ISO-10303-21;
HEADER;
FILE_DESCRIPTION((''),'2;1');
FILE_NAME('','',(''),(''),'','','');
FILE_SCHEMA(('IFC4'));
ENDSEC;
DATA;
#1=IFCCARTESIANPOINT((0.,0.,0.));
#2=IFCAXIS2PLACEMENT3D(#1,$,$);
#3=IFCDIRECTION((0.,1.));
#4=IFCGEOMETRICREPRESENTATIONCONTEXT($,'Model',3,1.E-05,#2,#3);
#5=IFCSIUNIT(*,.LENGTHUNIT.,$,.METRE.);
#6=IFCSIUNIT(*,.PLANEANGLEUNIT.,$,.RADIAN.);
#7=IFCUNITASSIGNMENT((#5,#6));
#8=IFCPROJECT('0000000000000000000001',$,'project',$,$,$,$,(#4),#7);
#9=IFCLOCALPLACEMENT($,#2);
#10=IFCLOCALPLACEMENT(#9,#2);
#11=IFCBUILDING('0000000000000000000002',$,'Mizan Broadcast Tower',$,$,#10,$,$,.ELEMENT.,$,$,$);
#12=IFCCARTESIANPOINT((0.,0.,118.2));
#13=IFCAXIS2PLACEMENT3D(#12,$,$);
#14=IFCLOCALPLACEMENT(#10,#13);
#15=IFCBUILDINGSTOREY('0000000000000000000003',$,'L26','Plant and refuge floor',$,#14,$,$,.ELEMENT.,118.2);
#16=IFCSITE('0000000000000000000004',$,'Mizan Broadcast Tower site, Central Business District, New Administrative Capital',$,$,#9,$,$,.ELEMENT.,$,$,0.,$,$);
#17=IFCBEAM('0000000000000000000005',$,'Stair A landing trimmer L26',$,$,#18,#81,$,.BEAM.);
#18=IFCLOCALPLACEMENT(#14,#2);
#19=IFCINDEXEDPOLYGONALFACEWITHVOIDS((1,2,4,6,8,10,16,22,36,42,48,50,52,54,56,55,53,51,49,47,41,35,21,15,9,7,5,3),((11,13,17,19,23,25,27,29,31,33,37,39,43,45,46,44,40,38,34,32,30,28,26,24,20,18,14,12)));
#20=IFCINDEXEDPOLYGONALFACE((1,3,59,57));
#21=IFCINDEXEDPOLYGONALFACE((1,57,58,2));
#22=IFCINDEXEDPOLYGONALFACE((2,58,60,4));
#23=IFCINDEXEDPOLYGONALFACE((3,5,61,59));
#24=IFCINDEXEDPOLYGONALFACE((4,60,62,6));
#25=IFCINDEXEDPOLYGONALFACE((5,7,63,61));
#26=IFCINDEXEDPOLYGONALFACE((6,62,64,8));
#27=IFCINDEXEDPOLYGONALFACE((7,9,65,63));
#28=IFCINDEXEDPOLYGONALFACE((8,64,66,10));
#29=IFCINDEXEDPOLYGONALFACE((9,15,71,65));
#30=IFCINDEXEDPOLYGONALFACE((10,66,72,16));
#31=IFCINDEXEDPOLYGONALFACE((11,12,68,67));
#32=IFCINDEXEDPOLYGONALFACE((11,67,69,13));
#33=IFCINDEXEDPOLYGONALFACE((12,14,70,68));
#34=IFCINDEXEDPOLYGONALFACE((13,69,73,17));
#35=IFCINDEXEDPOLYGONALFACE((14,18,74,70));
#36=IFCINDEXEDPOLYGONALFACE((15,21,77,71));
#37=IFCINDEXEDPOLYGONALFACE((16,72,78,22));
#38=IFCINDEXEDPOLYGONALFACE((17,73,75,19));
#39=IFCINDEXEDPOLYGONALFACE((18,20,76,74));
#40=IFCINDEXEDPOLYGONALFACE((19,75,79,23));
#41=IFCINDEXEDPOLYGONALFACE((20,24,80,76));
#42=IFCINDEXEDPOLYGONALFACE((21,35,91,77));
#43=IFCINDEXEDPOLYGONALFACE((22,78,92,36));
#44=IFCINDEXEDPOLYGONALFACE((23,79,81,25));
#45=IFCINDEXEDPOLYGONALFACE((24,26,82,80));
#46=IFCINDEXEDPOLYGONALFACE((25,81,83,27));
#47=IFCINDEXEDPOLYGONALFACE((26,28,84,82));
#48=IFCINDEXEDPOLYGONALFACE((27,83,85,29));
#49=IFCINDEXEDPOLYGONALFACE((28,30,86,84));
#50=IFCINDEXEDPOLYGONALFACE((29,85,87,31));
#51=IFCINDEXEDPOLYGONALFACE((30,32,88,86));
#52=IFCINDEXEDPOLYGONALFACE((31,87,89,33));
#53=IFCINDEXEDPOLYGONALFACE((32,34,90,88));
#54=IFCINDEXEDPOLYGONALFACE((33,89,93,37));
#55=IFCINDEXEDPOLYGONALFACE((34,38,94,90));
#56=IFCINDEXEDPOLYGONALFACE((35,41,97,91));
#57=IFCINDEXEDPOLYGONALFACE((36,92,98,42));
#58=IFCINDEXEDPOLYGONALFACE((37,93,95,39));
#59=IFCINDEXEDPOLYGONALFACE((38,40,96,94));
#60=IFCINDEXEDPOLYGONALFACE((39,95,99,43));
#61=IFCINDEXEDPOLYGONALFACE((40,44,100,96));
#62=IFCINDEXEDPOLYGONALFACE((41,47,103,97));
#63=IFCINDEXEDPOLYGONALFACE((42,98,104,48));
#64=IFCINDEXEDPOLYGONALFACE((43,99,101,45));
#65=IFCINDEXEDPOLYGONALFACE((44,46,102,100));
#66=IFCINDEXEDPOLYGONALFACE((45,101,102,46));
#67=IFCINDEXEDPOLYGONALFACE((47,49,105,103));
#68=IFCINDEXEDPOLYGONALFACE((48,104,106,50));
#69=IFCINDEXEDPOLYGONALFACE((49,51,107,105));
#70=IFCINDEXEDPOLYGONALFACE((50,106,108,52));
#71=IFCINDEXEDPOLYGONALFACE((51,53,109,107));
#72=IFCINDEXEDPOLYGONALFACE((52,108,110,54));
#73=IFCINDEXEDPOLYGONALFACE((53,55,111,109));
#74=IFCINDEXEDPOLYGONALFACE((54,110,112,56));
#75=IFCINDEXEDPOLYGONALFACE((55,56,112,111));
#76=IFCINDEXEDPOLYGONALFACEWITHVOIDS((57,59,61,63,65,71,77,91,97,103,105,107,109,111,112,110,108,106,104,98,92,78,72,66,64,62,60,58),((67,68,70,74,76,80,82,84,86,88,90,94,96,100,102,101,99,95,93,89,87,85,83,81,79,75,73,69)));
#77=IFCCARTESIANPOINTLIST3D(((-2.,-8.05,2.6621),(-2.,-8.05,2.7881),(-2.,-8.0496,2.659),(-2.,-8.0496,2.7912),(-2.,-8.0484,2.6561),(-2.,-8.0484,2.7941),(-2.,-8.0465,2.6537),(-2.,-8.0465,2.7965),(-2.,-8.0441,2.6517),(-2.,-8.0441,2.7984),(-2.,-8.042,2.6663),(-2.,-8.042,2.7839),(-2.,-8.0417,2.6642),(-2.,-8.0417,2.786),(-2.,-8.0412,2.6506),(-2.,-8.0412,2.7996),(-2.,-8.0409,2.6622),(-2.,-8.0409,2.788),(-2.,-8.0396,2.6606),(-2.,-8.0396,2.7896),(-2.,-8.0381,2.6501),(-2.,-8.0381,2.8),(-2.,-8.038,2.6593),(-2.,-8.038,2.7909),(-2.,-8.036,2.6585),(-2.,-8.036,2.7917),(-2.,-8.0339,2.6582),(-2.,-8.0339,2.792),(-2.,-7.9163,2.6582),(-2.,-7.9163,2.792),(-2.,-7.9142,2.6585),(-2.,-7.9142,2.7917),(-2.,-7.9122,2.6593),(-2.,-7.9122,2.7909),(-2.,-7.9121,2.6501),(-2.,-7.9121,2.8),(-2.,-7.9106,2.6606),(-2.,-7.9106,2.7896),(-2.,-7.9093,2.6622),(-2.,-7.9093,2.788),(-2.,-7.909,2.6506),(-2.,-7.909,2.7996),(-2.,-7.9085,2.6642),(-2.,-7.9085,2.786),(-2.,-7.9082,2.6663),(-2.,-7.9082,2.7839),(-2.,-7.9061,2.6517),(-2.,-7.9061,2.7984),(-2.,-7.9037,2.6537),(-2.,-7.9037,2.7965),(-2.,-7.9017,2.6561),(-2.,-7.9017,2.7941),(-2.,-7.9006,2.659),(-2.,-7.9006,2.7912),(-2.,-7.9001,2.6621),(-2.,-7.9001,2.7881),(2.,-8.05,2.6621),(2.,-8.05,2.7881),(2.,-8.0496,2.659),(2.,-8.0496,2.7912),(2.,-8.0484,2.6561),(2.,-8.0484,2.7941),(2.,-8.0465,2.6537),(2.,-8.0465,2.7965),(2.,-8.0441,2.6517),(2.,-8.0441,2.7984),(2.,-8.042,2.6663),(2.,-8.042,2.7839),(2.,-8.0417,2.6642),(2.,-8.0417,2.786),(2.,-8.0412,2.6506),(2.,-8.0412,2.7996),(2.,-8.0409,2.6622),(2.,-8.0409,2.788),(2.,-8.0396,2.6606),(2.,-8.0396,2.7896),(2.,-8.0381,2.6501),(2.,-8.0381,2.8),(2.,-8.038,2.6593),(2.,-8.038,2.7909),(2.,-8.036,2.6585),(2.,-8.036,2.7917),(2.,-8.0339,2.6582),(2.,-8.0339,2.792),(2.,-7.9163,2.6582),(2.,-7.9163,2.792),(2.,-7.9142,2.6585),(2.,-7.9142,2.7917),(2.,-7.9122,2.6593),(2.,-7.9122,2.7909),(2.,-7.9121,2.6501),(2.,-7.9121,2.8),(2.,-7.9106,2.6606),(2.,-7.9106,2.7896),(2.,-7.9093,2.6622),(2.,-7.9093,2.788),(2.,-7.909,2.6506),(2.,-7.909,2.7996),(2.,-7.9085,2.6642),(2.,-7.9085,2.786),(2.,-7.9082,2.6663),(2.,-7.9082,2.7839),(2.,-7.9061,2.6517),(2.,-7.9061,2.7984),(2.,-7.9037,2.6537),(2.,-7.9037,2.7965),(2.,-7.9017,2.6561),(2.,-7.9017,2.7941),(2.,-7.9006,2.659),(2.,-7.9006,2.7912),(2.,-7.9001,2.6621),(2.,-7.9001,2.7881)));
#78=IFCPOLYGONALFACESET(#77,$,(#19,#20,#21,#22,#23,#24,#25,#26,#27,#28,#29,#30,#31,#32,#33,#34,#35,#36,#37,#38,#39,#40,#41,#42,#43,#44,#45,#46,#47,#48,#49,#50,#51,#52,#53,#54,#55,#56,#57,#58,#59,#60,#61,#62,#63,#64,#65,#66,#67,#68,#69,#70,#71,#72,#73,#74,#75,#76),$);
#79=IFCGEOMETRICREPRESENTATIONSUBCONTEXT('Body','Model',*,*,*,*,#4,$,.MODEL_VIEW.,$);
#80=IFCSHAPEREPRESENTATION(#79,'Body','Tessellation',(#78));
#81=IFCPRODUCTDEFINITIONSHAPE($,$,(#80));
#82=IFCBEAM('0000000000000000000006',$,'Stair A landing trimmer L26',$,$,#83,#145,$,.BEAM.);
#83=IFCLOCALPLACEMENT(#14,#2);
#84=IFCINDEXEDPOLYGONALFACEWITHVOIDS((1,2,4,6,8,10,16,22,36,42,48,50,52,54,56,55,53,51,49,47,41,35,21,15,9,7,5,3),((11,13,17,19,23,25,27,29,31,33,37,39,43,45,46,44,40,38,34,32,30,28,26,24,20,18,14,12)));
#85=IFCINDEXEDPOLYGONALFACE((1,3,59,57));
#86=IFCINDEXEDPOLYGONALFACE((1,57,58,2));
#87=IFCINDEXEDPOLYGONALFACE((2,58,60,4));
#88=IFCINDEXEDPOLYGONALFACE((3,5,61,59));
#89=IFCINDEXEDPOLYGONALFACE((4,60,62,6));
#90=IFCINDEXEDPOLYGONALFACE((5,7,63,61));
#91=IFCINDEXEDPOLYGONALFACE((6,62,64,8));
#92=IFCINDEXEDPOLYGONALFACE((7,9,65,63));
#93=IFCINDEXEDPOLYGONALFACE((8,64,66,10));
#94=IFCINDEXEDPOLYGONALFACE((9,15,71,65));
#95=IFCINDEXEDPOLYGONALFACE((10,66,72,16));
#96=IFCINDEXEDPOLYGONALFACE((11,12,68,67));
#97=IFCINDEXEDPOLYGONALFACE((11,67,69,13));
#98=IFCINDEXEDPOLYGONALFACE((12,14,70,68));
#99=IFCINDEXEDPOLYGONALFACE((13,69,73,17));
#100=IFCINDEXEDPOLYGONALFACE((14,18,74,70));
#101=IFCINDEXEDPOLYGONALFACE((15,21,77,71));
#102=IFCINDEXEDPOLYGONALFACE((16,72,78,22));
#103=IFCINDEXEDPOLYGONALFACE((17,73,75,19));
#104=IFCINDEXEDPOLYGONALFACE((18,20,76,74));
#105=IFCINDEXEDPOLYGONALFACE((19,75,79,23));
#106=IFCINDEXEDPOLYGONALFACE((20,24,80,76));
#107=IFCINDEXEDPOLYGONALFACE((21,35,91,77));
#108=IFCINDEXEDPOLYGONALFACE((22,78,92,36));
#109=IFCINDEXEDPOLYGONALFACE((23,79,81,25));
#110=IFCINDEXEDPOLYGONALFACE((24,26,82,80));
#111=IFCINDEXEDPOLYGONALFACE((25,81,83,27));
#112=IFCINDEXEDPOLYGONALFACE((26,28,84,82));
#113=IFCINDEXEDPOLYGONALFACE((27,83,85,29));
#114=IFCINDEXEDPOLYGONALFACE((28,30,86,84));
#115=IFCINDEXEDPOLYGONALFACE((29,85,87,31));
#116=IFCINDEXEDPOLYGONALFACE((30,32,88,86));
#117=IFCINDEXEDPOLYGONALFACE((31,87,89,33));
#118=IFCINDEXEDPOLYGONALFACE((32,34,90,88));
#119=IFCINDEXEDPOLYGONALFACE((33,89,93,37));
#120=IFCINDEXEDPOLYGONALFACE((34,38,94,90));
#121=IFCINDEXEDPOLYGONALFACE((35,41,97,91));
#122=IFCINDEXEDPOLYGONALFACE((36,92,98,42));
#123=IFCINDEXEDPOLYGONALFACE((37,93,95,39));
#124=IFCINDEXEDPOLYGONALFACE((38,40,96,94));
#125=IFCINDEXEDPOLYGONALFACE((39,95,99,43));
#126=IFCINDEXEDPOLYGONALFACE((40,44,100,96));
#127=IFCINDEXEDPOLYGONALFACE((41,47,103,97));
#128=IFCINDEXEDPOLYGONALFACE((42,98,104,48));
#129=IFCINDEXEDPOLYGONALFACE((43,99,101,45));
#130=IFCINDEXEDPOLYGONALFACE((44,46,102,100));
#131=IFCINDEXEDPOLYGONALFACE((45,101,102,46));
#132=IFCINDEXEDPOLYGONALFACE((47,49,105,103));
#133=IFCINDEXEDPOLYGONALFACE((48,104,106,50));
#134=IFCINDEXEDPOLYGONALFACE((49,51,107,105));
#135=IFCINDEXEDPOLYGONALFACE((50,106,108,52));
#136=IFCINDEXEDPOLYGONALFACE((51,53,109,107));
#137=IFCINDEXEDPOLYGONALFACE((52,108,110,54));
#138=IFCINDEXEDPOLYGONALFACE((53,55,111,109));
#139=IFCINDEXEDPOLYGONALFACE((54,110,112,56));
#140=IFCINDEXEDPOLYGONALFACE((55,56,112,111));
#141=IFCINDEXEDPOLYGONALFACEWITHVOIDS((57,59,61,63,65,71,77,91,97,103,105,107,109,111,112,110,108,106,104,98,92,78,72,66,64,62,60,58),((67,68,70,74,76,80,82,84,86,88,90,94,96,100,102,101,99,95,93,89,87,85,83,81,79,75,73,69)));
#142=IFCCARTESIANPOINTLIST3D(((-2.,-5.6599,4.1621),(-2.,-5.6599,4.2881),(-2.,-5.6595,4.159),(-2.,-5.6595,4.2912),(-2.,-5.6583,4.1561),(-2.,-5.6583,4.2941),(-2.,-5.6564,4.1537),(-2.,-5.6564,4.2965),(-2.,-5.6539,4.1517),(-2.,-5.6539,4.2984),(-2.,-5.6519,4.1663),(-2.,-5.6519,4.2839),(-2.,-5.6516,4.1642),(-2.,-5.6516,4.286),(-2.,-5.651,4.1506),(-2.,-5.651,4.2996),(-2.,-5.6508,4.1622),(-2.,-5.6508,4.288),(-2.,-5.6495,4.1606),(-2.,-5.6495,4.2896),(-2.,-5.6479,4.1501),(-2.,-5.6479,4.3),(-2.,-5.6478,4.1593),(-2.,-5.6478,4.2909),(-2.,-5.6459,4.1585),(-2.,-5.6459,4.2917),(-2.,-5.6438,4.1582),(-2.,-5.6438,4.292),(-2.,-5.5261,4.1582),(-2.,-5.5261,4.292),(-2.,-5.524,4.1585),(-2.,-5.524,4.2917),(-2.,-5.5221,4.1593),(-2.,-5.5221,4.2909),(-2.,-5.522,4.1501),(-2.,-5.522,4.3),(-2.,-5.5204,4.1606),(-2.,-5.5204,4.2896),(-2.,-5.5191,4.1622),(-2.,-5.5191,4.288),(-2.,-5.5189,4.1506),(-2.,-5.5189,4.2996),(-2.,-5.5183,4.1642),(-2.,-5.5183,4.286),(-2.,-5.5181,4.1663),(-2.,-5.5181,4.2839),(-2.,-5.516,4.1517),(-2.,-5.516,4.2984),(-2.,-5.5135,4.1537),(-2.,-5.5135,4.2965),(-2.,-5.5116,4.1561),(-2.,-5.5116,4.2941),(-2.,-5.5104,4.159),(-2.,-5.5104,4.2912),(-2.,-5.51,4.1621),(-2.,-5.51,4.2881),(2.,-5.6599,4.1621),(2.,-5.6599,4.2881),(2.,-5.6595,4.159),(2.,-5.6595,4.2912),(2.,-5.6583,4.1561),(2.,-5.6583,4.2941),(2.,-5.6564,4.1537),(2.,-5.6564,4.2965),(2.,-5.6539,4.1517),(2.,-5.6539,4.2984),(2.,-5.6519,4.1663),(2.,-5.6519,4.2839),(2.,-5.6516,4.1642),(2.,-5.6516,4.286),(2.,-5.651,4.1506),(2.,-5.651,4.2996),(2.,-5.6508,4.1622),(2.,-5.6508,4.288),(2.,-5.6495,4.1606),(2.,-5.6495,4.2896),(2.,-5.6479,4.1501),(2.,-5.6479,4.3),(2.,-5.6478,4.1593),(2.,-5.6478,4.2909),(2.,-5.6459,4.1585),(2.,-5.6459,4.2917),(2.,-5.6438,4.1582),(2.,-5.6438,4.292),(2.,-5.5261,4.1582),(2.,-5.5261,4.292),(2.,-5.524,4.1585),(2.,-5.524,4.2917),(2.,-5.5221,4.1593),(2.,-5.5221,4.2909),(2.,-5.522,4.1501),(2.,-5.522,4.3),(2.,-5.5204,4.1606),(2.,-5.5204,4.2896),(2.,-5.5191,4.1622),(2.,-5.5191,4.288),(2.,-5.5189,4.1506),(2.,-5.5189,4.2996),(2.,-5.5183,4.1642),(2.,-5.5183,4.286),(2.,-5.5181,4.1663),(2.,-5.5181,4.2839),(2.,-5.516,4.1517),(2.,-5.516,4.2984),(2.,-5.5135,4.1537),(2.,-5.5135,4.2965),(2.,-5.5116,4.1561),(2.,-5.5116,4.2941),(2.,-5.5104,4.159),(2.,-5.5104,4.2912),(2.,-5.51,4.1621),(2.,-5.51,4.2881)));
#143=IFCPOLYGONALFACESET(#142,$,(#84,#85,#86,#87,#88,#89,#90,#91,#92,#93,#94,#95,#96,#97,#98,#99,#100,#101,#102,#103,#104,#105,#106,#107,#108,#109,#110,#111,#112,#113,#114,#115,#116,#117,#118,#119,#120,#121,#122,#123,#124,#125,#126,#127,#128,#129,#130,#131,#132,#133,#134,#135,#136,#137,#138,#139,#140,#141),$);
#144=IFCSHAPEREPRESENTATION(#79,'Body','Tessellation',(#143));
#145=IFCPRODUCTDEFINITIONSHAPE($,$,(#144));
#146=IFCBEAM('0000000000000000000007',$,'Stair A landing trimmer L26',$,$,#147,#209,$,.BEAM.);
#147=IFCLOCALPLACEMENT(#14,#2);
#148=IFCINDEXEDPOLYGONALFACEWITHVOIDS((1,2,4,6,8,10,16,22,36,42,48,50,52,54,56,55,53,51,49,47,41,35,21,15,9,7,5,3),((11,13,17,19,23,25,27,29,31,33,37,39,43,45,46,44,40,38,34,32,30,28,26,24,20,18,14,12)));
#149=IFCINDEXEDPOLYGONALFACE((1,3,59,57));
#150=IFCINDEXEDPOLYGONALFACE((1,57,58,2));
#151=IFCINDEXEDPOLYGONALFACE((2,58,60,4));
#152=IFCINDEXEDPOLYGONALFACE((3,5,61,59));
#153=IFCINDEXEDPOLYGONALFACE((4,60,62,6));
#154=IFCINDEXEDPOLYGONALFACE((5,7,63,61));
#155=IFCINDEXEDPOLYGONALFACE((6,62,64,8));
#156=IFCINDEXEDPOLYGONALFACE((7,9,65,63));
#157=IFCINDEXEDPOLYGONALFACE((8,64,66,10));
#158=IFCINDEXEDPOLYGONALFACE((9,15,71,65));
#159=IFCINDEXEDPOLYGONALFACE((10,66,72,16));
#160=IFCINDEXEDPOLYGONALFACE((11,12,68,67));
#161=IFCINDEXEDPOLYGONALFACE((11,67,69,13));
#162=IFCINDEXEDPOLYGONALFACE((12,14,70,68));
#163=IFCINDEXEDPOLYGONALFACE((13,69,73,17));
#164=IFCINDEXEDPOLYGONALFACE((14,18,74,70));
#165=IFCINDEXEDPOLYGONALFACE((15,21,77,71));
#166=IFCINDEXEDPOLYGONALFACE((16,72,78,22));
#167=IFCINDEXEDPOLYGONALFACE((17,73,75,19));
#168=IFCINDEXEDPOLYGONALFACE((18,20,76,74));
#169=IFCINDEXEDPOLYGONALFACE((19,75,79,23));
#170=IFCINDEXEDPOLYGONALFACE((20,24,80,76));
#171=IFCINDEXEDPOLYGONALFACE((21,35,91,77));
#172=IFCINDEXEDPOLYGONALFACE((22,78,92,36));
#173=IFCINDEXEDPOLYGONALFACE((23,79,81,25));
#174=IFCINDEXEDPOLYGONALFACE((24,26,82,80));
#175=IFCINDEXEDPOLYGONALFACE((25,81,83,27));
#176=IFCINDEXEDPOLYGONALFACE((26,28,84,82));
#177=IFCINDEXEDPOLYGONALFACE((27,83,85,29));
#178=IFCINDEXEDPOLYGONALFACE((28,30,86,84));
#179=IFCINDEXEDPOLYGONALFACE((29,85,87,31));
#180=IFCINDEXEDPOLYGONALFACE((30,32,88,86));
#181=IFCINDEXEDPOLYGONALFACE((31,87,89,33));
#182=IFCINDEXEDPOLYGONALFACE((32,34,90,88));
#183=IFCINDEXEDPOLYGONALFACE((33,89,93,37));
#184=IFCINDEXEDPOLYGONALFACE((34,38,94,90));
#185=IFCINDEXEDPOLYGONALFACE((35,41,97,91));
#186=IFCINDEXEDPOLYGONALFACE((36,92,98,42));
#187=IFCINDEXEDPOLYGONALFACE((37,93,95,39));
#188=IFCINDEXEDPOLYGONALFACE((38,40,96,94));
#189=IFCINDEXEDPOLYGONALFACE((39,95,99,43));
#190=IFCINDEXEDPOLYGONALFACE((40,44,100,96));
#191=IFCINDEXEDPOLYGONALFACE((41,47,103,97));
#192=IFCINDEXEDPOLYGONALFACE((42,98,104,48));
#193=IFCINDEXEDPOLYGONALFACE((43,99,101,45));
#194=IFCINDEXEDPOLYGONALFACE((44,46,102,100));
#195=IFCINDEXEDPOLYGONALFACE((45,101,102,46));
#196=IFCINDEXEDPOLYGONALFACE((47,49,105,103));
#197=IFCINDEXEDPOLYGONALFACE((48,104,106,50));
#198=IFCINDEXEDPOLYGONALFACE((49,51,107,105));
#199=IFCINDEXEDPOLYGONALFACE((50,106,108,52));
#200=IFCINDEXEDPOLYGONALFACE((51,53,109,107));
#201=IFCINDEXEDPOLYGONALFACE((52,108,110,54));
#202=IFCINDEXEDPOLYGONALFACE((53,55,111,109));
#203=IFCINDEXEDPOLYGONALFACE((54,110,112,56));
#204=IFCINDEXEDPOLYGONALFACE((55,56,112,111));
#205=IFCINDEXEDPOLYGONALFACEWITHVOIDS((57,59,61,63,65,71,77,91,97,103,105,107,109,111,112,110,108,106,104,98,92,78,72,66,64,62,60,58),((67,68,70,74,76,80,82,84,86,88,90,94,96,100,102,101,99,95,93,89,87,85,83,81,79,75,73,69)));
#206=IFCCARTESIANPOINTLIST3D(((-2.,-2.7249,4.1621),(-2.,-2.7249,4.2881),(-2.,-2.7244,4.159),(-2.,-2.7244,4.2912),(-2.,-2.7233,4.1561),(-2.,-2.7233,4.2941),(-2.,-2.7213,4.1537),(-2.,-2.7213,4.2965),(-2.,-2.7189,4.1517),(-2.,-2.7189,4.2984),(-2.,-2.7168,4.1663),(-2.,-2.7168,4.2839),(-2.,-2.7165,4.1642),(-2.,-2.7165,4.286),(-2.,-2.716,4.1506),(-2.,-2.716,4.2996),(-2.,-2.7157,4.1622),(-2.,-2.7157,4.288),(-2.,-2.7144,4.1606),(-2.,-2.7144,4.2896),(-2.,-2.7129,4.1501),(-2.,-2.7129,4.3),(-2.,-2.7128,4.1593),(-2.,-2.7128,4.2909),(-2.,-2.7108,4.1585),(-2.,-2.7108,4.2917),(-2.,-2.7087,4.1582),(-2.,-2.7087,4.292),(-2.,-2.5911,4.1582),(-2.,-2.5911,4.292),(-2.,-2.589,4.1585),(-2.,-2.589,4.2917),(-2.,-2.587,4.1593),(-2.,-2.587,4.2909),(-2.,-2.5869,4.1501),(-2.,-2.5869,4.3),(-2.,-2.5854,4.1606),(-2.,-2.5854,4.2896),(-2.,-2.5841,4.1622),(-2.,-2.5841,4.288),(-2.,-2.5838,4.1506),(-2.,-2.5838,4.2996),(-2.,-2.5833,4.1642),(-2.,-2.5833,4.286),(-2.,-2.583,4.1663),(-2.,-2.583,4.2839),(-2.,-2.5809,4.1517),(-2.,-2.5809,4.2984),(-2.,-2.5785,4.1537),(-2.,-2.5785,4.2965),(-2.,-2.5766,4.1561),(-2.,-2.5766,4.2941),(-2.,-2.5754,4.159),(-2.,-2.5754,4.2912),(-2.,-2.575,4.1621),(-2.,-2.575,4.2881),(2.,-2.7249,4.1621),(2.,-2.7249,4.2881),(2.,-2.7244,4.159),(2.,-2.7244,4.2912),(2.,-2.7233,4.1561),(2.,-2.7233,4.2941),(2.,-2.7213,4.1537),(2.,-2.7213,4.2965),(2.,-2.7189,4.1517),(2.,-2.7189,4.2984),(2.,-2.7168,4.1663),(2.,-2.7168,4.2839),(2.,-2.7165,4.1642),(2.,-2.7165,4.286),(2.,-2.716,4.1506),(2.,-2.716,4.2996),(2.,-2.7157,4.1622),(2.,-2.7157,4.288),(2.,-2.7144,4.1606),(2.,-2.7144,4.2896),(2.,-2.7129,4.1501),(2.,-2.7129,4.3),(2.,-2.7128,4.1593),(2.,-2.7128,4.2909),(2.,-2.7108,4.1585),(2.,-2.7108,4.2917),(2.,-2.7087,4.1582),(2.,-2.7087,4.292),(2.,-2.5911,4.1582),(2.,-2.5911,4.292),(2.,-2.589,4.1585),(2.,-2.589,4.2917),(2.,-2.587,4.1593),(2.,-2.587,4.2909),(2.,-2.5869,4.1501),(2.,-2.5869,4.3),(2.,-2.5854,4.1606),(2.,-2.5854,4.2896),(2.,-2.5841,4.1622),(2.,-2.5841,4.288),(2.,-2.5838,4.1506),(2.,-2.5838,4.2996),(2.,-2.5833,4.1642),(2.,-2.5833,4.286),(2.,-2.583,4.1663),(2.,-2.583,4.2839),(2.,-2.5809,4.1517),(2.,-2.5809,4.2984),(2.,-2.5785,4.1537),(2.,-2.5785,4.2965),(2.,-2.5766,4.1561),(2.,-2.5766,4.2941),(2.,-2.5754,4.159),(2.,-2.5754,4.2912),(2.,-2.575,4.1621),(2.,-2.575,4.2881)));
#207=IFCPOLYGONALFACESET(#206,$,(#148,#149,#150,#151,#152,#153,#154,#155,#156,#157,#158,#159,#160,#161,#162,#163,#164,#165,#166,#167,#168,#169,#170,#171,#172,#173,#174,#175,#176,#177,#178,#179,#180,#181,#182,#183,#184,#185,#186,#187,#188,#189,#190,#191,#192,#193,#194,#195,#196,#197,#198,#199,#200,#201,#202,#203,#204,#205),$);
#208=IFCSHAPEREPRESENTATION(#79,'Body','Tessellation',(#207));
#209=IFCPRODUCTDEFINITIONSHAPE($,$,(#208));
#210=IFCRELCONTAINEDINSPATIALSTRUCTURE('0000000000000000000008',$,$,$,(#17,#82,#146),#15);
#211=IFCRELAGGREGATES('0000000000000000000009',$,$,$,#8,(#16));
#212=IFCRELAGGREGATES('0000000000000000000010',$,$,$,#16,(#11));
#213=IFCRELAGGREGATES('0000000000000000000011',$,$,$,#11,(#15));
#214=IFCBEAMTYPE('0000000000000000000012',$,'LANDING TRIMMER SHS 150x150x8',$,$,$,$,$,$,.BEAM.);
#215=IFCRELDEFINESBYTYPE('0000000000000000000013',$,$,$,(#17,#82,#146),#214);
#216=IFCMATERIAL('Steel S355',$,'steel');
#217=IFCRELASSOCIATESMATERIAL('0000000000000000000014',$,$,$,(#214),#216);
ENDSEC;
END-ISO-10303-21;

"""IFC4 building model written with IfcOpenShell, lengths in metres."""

from ifc_helpers import new_model, si_unit, direction, frame, origin, origin_2d, place, context, subcontext, project, spatial, hollow_rectangle, extrude, material, material_profile, profile_set, type_object, element, save


model = new_model("IFC4")

# Units and contexts
model_context = context("Model", 3, precision=1e-05, world=origin(), true_north=direction((0.0, 1.0)))
body_context = subcontext(model_context, "Body", "Model", "MODEL_VIEW")
ifc_project = project(units=[si_unit("LENGTHUNIT", "METRE"), si_unit("PLANEANGLEUNIT", "RADIAN")], contexts=[model_context])

# Site, building, storey
site_placement = place(None, origin())
site = spatial("IfcSite", under=ifc_project, at=site_placement, Name="Mizan Broadcast Tower site, Central Business District, New Administrative Capital", CompositionType="ELEMENT", RefElevation=0.0)
building_placement = place(site_placement, origin())
building = spatial("IfcBuilding", under=site, at=building_placement, Name="Mizan Broadcast Tower", CompositionType="ELEMENT")
storey_placement = place(building_placement, frame((0.0, 0.0, 118.2)))
storey = spatial("IfcBuildingStorey", under=building, at=storey_placement, Name="L26", Description="Plant and refuge floor", CompositionType="ELEMENT", Elevation=118.2)

# Beams
ifc_material_1 = material(Name="Steel S355", Category="steel")
ifc_material_profile = material_profile(ifc_material_1, hollow_rectangle(XDim=0.1499, YDim=0.1499, WallThickness=0.0081, InnerFilletRadius=0.0081, OuterFilletRadius=0.012, at=origin_2d()), Name="SHS 150x150x8")
ifc_profile_set = profile_set([ifc_material_profile], Name="Steel S355")
beam_type = type_object("IfcBeamType", Name="LANDING TRIMMER SHS 150x150x8", PredefinedType="BEAM", material=ifc_profile_set)
for number, where, z_axis, x_axis, name in (
    (1, (-2.0, -7.9751, 2.7251), (1.0, 0.0, 0.0), (0.0, 1.0, 0.0), "Stair A landing trimmer L26"),
    (2, (-2.0, -5.585, 4.2251), (1.0, 0.0, 0.0), (0.0, 1.0, 0.0), "Stair A landing trimmer L26"),
    (3, (-2.0, -2.6499, 4.2251), (1.0, 0.0, 0.0), (0.0, 1.0, 0.0), "Stair A landing trimmer L26"),
):
    element("IfcBeam", number, at=place(storey_placement, frame(where, z_axis=z_axis, x_axis=x_axis)), inside=storey, type_object=beam_type, Name=name, PredefinedType="BEAM", context=body_context, shape_type="SweptSolid", body=[
        extrude(hollow_rectangle(XDim=0.1499, YDim=0.1499, WallThickness=0.0081, InnerFilletRadius=0.0081, OuterFilletRadius=0.012, at=origin_2d()), origin(), (0.0, 0.0, 1.0), 4.0),
    ])

save(model, "model.ifc")
